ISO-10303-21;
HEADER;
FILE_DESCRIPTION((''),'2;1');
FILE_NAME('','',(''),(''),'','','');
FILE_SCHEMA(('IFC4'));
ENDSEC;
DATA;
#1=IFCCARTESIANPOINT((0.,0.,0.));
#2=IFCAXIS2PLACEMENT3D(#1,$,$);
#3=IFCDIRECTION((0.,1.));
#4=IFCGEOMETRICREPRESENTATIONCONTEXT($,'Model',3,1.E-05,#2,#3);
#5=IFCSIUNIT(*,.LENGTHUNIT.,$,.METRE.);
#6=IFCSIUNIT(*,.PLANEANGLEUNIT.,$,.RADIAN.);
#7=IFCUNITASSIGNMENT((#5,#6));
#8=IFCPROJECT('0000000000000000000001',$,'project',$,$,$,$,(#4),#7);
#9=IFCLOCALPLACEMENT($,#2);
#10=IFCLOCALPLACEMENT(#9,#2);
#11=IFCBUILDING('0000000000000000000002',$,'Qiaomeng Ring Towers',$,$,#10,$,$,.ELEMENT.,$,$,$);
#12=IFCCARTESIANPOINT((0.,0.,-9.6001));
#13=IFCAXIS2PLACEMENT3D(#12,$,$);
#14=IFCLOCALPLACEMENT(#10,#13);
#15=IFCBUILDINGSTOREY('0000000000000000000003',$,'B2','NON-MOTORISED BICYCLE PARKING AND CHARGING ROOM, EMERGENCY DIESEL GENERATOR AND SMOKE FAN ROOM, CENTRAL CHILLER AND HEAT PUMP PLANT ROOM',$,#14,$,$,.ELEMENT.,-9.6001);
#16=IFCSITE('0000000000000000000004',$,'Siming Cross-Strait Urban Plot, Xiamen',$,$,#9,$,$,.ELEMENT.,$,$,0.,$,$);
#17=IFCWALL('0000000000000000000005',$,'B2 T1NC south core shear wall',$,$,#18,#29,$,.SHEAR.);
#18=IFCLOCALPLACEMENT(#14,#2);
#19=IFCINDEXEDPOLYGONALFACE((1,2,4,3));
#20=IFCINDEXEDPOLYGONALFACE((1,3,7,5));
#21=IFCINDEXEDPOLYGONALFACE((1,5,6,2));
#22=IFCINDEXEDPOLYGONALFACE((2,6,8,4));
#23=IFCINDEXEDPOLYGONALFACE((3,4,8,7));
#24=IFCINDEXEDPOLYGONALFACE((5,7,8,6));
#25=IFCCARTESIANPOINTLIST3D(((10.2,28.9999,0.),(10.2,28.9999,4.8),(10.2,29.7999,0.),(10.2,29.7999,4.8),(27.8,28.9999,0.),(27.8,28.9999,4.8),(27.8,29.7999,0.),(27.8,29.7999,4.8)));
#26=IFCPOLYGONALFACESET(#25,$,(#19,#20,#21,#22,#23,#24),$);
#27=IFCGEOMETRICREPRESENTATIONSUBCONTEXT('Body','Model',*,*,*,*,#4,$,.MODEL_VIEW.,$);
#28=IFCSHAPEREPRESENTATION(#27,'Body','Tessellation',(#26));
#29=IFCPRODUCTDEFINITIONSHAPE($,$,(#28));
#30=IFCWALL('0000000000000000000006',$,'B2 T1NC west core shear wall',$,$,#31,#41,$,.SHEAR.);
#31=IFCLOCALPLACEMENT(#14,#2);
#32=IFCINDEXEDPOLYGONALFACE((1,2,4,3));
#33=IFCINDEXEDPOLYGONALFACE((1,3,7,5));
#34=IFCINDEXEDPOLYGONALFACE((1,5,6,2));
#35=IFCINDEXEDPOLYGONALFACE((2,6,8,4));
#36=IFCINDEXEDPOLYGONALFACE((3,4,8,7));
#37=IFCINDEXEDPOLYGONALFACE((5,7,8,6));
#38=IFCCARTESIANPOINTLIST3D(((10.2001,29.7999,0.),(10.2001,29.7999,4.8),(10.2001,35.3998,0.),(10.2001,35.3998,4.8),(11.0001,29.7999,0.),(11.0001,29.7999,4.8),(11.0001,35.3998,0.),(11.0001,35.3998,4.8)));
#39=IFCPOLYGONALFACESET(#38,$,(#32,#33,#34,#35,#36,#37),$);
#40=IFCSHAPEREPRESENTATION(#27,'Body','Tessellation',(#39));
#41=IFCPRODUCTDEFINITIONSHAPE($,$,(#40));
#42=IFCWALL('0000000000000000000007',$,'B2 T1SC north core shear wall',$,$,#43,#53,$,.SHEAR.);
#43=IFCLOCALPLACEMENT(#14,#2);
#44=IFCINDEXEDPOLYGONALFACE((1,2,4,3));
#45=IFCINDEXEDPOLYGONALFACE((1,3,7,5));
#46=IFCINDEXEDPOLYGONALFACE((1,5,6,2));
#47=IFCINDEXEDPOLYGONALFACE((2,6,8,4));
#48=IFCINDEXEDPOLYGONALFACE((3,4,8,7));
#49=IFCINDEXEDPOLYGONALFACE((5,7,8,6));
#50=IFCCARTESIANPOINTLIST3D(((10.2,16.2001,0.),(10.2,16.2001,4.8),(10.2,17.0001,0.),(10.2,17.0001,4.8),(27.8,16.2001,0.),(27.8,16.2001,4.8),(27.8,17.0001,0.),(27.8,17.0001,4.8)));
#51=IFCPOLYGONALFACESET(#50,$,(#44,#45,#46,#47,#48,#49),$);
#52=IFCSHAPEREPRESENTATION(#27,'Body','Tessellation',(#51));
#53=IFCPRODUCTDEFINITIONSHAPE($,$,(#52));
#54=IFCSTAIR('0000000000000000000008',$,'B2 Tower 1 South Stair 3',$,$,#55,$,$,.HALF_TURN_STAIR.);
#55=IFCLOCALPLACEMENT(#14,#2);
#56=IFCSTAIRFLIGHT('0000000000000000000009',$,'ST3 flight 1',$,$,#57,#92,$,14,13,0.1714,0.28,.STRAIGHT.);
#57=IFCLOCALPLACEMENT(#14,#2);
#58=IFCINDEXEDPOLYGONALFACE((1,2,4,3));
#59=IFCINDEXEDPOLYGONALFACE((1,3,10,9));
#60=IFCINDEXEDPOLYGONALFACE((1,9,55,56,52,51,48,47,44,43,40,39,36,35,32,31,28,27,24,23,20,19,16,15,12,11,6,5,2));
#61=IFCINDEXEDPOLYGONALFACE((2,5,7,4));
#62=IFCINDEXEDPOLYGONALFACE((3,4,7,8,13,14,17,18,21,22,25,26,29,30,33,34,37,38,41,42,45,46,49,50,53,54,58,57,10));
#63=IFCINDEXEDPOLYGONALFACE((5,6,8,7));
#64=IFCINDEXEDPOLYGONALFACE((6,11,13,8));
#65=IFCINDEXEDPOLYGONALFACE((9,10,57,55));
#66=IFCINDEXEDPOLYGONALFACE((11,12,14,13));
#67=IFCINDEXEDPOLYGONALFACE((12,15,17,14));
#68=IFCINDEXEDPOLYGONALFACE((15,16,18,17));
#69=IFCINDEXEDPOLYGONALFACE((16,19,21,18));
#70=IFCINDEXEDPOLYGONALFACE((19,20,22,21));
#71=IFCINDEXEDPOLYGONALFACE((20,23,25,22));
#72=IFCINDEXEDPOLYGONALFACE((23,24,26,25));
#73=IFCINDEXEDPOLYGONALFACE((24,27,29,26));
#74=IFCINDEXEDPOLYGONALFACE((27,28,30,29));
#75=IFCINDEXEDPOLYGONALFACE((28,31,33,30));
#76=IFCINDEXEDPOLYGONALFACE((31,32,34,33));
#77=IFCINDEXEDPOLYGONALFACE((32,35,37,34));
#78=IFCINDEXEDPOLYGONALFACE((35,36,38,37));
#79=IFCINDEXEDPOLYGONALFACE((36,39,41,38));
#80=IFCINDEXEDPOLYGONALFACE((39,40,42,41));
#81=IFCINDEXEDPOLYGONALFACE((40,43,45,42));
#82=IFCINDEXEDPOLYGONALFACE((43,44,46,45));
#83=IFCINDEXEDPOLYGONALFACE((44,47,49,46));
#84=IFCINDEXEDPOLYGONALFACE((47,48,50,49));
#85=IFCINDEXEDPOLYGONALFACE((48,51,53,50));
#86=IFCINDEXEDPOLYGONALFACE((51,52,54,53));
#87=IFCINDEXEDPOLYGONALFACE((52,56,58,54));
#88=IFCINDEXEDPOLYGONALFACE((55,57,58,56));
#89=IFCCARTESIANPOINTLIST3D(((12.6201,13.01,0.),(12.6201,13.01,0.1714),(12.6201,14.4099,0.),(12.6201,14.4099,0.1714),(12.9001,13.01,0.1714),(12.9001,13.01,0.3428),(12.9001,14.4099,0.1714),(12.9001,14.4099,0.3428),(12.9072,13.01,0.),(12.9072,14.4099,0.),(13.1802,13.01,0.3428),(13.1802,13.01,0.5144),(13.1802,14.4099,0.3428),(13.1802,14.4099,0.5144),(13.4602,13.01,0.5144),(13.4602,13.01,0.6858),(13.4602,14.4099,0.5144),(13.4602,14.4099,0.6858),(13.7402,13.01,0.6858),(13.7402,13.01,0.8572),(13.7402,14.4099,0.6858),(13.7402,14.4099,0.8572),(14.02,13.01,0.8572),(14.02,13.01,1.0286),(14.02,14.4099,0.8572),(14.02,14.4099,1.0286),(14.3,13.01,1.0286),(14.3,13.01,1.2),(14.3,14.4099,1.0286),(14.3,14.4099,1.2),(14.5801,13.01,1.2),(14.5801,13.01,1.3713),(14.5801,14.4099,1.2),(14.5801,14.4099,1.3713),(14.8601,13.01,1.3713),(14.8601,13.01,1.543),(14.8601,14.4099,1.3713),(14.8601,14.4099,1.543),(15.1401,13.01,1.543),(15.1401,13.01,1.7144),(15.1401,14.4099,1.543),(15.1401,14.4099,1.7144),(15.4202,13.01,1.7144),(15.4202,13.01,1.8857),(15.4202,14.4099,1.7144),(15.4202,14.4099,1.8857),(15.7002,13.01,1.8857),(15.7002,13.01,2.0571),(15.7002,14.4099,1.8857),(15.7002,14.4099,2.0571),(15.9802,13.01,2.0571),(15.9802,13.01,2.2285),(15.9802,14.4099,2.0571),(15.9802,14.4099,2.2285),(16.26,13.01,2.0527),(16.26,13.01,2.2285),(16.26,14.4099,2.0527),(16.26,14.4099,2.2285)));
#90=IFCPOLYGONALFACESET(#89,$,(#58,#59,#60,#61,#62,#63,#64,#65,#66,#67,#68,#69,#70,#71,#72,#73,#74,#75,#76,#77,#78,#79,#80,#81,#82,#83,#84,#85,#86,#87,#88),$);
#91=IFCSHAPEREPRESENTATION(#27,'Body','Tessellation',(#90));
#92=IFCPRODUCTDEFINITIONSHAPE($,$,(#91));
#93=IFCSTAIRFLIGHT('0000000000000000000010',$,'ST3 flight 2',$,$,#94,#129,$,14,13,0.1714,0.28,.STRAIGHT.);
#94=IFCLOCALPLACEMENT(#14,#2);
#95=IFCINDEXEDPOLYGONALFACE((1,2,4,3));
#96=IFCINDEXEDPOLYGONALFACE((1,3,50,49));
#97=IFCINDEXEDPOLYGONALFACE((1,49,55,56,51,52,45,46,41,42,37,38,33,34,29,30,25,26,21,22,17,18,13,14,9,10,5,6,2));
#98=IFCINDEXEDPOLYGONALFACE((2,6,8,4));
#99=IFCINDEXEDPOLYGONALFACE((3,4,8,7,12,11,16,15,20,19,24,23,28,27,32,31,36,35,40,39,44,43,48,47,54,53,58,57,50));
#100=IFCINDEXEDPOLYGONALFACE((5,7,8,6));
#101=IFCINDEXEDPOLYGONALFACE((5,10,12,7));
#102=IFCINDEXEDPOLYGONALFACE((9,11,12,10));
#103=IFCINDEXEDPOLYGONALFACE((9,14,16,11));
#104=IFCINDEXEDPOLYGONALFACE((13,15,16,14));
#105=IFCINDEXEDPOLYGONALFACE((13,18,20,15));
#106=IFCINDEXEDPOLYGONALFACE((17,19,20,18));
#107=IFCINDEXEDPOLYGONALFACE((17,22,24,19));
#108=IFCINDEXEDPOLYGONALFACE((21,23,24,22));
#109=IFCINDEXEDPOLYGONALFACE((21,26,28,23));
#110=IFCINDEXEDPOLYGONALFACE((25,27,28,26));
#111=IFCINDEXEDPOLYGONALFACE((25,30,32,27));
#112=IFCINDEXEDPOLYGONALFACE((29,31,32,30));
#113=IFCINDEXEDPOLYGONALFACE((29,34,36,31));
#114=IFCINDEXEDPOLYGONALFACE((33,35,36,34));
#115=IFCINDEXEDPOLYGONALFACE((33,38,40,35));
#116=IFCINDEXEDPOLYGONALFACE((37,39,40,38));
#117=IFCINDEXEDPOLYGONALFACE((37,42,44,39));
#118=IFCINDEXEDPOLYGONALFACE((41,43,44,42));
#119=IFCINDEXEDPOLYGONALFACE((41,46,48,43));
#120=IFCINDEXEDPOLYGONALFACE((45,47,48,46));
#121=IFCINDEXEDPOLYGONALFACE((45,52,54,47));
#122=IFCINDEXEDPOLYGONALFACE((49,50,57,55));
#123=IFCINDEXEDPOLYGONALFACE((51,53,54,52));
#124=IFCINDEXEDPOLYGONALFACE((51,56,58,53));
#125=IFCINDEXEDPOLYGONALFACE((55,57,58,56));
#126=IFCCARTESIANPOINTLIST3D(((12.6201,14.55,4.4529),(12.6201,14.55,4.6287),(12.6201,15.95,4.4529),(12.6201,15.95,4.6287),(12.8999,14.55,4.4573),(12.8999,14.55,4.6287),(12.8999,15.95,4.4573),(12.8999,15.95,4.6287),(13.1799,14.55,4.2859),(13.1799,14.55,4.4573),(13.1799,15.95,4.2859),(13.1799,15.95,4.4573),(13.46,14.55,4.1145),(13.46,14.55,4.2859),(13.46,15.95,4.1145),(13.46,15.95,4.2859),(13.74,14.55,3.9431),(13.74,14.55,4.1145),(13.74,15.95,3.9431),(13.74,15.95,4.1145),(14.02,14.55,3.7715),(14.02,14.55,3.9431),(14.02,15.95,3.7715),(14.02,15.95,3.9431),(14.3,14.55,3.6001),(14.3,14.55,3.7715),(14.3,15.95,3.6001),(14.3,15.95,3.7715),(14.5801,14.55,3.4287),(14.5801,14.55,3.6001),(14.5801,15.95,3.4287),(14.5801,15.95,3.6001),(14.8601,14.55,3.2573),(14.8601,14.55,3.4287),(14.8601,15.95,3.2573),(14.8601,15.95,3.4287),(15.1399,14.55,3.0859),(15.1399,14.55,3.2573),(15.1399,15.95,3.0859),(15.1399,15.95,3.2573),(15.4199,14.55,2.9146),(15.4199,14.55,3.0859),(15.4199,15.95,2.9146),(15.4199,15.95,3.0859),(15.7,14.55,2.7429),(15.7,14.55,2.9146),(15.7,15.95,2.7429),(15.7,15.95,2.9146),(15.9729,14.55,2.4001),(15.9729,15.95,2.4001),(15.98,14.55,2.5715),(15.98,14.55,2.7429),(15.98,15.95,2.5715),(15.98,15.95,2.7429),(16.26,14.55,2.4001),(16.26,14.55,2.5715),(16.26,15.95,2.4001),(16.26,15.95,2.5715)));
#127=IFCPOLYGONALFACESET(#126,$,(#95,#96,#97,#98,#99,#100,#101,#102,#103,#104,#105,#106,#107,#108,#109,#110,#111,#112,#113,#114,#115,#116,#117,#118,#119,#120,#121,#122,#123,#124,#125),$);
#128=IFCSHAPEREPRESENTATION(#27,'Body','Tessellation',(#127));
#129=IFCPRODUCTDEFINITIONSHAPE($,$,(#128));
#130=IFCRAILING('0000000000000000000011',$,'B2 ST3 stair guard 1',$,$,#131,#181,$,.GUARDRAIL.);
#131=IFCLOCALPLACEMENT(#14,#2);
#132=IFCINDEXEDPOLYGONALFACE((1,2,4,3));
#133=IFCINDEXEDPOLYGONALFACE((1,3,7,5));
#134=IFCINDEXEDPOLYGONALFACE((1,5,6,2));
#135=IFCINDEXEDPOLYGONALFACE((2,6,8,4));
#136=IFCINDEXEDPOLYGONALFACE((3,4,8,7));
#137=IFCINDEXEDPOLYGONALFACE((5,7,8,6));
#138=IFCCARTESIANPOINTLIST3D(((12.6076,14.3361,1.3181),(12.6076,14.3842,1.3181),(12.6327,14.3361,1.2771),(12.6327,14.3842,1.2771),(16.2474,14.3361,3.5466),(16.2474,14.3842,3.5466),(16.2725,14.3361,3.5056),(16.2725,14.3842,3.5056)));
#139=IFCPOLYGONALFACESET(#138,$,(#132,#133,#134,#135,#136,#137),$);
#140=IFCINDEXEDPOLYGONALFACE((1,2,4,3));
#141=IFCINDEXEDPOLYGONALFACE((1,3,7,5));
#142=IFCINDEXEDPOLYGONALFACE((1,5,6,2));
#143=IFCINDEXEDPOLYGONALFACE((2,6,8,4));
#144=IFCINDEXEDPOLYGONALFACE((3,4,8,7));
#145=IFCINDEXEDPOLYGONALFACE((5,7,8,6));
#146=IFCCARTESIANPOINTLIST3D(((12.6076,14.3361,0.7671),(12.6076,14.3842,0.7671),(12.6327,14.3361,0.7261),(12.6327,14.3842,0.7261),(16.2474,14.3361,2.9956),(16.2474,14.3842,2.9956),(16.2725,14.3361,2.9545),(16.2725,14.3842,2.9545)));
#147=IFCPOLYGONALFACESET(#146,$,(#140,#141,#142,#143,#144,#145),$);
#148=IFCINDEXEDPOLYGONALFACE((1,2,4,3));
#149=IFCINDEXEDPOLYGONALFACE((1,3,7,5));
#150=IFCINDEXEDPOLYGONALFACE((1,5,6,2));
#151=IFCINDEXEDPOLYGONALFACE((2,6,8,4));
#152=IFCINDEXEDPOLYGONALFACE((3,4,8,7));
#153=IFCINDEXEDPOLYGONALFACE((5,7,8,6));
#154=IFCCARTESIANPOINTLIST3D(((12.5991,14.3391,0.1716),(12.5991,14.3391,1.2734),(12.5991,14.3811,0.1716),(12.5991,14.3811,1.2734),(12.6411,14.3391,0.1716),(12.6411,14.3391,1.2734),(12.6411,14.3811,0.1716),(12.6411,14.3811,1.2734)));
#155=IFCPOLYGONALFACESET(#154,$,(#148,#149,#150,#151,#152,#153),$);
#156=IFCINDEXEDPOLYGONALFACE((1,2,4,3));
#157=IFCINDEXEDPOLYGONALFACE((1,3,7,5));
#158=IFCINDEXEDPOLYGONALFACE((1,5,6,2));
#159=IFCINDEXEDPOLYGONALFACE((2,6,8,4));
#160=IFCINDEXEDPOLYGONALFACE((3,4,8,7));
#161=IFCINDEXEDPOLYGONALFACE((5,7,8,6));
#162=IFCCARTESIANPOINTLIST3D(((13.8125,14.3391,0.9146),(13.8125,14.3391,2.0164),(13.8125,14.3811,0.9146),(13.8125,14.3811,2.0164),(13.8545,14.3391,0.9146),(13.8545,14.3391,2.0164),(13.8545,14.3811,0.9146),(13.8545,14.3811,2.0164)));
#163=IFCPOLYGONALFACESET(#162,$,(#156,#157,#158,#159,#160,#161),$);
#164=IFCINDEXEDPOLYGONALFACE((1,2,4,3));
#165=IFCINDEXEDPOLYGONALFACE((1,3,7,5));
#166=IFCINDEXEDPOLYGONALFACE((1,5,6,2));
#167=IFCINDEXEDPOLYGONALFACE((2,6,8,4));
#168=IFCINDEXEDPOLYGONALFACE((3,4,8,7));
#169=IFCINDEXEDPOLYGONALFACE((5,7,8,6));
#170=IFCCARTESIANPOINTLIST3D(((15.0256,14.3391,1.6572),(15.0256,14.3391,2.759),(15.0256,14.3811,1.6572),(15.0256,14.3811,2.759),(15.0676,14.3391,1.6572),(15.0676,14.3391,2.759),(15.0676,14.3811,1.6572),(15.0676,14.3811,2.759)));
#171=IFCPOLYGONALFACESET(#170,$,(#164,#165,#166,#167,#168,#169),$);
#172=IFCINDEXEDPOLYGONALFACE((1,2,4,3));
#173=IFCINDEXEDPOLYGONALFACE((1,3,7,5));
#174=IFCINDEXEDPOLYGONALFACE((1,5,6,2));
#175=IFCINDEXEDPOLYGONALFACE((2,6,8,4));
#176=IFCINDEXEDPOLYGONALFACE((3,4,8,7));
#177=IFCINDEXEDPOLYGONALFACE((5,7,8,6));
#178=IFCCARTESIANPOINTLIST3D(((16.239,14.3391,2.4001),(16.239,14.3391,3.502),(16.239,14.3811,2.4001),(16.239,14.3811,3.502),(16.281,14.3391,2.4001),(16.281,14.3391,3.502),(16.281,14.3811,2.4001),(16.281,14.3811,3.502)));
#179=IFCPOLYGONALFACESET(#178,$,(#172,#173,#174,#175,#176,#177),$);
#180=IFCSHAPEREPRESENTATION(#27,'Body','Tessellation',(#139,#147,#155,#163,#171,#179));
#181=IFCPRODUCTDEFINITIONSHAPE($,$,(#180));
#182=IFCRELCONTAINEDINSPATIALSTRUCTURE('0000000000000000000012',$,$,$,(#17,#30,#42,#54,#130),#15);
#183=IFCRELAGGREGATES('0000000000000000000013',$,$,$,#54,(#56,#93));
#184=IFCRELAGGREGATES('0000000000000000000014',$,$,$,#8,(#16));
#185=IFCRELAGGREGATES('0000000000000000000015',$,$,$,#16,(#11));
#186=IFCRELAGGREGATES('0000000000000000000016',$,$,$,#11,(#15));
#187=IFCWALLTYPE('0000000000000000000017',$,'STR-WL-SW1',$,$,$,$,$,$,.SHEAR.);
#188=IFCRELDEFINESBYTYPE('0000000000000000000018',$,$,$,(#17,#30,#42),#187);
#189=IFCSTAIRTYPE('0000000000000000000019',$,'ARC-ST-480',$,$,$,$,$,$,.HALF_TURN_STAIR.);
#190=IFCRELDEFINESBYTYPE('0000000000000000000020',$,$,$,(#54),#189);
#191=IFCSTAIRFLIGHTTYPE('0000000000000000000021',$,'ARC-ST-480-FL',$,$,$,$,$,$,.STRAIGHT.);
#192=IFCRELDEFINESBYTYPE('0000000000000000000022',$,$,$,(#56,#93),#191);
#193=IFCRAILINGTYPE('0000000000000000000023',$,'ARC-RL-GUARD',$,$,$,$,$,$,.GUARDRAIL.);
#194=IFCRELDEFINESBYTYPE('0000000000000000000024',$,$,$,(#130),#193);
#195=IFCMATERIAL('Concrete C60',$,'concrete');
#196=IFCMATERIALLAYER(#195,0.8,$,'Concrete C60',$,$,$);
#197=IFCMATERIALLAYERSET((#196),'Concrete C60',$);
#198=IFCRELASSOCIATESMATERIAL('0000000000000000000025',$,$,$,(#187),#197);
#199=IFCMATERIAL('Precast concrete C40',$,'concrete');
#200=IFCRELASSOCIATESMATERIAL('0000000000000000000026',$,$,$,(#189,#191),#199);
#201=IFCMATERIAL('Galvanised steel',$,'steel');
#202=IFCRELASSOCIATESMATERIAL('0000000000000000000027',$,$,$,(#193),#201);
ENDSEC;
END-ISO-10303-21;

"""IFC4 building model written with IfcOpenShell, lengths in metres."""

from ifc_helpers import new_model, si_unit, direction, frame, frame_2d, origin, origin_2d, place, context, subcontext, project, spatial, polyline, rectangle, outline, extrude, source, transform, mapped, material, layer, layer_set, type_object, element, aggregate, save


model = new_model("IFC4")

# Units and contexts
model_context = context("Model", 3, precision=1e-05, world=origin(), true_north=direction((0.0, 1.0)))
body_context = subcontext(model_context, "Body", "Model", "MODEL_VIEW")
ifc_project = project(units=[si_unit("LENGTHUNIT", "METRE"), si_unit("PLANEANGLEUNIT", "RADIAN")], contexts=[model_context])

# Site, building, storey
site_placement = place(None, origin())
site = spatial("IfcSite", under=ifc_project, at=site_placement, Name="Siming Cross-Strait Urban Plot, Xiamen", CompositionType="ELEMENT", RefElevation=0.0)
building_placement = place(site_placement, origin())
building = spatial("IfcBuilding", under=site, at=building_placement, Name="Qiaomeng Ring Towers", CompositionType="ELEMENT")
storey_placement = place(building_placement, frame((0.0, 0.0, -9.6001)))
storey = spatial("IfcBuildingStorey", under=building, at=storey_placement, Name="B2", Description="NON-MOTORISED BICYCLE PARKING AND CHARGING ROOM, EMERGENCY DIESEL GENERATOR AND SMOKE FAN ROOM, CENTRAL CHILLER AND HEAT PUMP PLANT ROOM", CompositionType="ELEMENT", Elevation=-9.6001)

# Shared definitions
ifc_material_1 = material(Name="Concrete C60", Category="concrete")

# Shared definitions
ifc_material_2 = material(Name="Galvanised steel", Category="steel")

# Walls
ifc_layer_1 = layer(ifc_material_1, 0.8, Name="Concrete C60")
ifc_layer_set_1 = layer_set([ifc_layer_1], Name="Concrete C60")
wall_type_1 = type_object("IfcWallType", Name="STR-WL-SW1", PredefinedType="SHEAR", material=ifc_layer_set_1)
wall_1_placement = place(storey_placement, frame((10.2, 29.3999, 0.0), z_axis=(0.0, 0.0, 1.0), x_axis=(1.0, 0.0, 0.0)))
element("IfcWall", 1, at=wall_1_placement, inside=storey, type_object=wall_type_1, Name="B2 T1NC south core shear wall", PredefinedType="SHEAR", context=body_context, shape_type="SweptSolid", body=[
    extrude(rectangle(XDim=17.6001, YDim=0.8, at=frame_2d((8.8, 0.0))), origin(), (0.0, 0.0, 1.0), 4.8),
])
wall_2_placement = place(storey_placement, frame((10.6001, 29.8, 0.0), z_axis=(0.0, 0.0, 1.0), x_axis=(0.0, 1.0, 0.0)))
element("IfcWall", 2, at=wall_2_placement, inside=storey, type_object=wall_type_1, Name="B2 T1NC west core shear wall", PredefinedType="SHEAR", context=body_context, shape_type="SweptSolid", body=[
    extrude(rectangle(XDim=5.5999, YDim=0.8, at=frame_2d((2.7998, 0.0))), origin(), (0.0, 0.0, 1.0), 4.8),
])
wall_3_placement = place(storey_placement, frame((10.2, 16.6001, 0.0), z_axis=(0.0, 0.0, 1.0), x_axis=(1.0, 0.0, 0.0)))
element("IfcWall", 3, at=wall_3_placement, inside=storey, type_object=wall_type_1, Name="B2 T1SC north core shear wall", PredefinedType="SHEAR", context=body_context, shape_type="SweptSolid", body=[
    extrude(rectangle(XDim=17.6001, YDim=0.8, at=frame_2d((8.8, 0.0))), origin(), (0.0, 0.0, 1.0), 4.8),
])

# Stair, stair flights
ifc_material_3 = material(Name="Precast concrete C40", Category="concrete")
stair_type = type_object("IfcStairType", Name="ARC-ST-480", PredefinedType="HALF_TURN_STAIR", material=ifc_material_3)
stair_placement = place(storey_placement, origin())
stair = element("IfcStair", 4, at=stair_placement, inside=storey, type_object=stair_type, Name="B2 Tower 1 South Stair 3", PredefinedType="HALF_TURN_STAIR")
stair_flight_type = type_object("IfcStairFlightType", Name="ARC-ST-480-FL", PredefinedType="STRAIGHT", material=ifc_material_3)
shared_shape_1 = source(origin(), body_context, "Body", "SweptSolid", [
    extrude(outline(polyline([(0.0, 0.0), (0.0, 0.1714), (0.28, 0.1714), (0.28, 0.3428), (0.5601, 0.3428), (0.5601, 0.5144), (0.8401, 0.5144), (0.8401, 0.6858), (1.1201, 0.6858), (1.1201, 0.8572), (1.3999, 0.8572), (1.3999, 1.0286), (1.6799, 1.0286), (1.6799, 1.2), (1.96, 1.2), (1.96, 1.3713), (2.24, 1.3713), (2.24, 1.543), (2.52, 1.543), (2.52, 1.7144), (2.8, 1.7144), (2.8, 1.8857), (3.0801, 1.8857), (3.0801, 2.0571), (3.3601, 2.0571), (3.3601, 2.2285), (3.6399, 2.2285), (3.6399, 2.3999), (3.6399, 2.0527), (0.2871, 0.0), (0.0, 0.0)])), frame((0.0, 0.7, 0.0), z_axis=(0.0, -1.0, 0.0), x_axis=(1.0, 0.0, 0.0)), (0.0, 0.0, 1.0), 1.3999),
])
stair_flight_1_placement = place(storey_placement, frame((12.6201, 13.71, 0.0), z_axis=(0.0, 0.0, 1.0), x_axis=(1.0, 0.0, 0.0)))
stair_flight_1 = element("IfcStairFlight", 5, at=stair_flight_1_placement, type_object=stair_flight_type, Name="ST3 flight 1", NumberOfRisers=14, NumberOfTreads=13, PredefinedType="STRAIGHT", RiserHeight=0.1714, TreadLength=0.28, context=body_context, shape_type="MappedRepresentation", body=[
    mapped(shared_shape_1, transform((0.0, 0.0, 0.0), x_axis=(1.0, 0.0, 0.0), y_axis=(0.0, 1.0, 0.0), z_axis=(0.0, 0.0, 1.0), scale=1.0)),
])
stair_flight_2_placement = place(storey_placement, frame((16.26, 15.25, 2.4001), z_axis=(0.0, 0.0, 1.0), x_axis=(-1.0, 0.0, 0.0)))
stair_flight_2 = element("IfcStairFlight", 6, at=stair_flight_2_placement, type_object=stair_flight_type, Name="ST3 flight 2", NumberOfRisers=14, NumberOfTreads=13, PredefinedType="STRAIGHT", RiserHeight=0.1714, TreadLength=0.28, context=body_context, shape_type="MappedRepresentation", body=[
    mapped(shared_shape_1, transform((0.0, 0.0, 0.0), x_axis=(1.0, 0.0, 0.0), y_axis=(0.0, 1.0, 0.0), z_axis=(0.0, 0.0, 1.0), scale=1.0)),
])
aggregate(stair, [stair_flight_1, stair_flight_2])

# Railing
railing_type_1 = type_object("IfcRailingType", Name="ARC-RL-GUARD", PredefinedType="GUARDRAIL", material=ifc_material_2)
railing_1_placement = place(storey_placement, frame((12.6201, 14.3601, 0.1716)))
element("IfcRailing", 7, at=railing_1_placement, inside=storey, type_object=railing_type_1, Name="B2 ST3 stair guard 1", PredefinedType="GUARDRAIL", context=body_context, shape_type="SweptSolid", body=[
    extrude(rectangle(XDim=0.0481, YDim=0.0481, at=origin_2d()), frame((0.0, 0.0, 1.126), z_axis=(0.85285, 0.0, 0.522156), x_axis=(0.0, 1.0, 0.0)), (0.0, 0.0, 1.0), 4.2678),
    extrude(rectangle(XDim=0.0481, YDim=0.0481, at=origin_2d()), frame((0.0, 0.0, 0.575), z_axis=(0.85285, 0.0, 0.522156), x_axis=(0.0, 1.0, 0.0)), (0.0, 0.0, 1.0), 4.2678),
    extrude(rectangle(XDim=0.042, YDim=0.042, at=origin_2d()), origin(), (0.0, 0.0, 1.0), 1.1018),
    extrude(rectangle(XDim=0.042, YDim=0.042, at=origin_2d()), frame((1.2134, 0.0, 0.7429)), (0.0, 0.0, 1.0), 1.1018),
    extrude(rectangle(XDim=0.042, YDim=0.042, at=origin_2d()), frame((2.4265, 0.0, 1.4856)), (0.0, 0.0, 1.0), 1.1018),
    extrude(rectangle(XDim=0.042, YDim=0.042, at=origin_2d()), frame((3.6399, 0.0, 2.2285)), (0.0, 0.0, 1.0), 1.1018),
])

save(model, "model.ifc")
